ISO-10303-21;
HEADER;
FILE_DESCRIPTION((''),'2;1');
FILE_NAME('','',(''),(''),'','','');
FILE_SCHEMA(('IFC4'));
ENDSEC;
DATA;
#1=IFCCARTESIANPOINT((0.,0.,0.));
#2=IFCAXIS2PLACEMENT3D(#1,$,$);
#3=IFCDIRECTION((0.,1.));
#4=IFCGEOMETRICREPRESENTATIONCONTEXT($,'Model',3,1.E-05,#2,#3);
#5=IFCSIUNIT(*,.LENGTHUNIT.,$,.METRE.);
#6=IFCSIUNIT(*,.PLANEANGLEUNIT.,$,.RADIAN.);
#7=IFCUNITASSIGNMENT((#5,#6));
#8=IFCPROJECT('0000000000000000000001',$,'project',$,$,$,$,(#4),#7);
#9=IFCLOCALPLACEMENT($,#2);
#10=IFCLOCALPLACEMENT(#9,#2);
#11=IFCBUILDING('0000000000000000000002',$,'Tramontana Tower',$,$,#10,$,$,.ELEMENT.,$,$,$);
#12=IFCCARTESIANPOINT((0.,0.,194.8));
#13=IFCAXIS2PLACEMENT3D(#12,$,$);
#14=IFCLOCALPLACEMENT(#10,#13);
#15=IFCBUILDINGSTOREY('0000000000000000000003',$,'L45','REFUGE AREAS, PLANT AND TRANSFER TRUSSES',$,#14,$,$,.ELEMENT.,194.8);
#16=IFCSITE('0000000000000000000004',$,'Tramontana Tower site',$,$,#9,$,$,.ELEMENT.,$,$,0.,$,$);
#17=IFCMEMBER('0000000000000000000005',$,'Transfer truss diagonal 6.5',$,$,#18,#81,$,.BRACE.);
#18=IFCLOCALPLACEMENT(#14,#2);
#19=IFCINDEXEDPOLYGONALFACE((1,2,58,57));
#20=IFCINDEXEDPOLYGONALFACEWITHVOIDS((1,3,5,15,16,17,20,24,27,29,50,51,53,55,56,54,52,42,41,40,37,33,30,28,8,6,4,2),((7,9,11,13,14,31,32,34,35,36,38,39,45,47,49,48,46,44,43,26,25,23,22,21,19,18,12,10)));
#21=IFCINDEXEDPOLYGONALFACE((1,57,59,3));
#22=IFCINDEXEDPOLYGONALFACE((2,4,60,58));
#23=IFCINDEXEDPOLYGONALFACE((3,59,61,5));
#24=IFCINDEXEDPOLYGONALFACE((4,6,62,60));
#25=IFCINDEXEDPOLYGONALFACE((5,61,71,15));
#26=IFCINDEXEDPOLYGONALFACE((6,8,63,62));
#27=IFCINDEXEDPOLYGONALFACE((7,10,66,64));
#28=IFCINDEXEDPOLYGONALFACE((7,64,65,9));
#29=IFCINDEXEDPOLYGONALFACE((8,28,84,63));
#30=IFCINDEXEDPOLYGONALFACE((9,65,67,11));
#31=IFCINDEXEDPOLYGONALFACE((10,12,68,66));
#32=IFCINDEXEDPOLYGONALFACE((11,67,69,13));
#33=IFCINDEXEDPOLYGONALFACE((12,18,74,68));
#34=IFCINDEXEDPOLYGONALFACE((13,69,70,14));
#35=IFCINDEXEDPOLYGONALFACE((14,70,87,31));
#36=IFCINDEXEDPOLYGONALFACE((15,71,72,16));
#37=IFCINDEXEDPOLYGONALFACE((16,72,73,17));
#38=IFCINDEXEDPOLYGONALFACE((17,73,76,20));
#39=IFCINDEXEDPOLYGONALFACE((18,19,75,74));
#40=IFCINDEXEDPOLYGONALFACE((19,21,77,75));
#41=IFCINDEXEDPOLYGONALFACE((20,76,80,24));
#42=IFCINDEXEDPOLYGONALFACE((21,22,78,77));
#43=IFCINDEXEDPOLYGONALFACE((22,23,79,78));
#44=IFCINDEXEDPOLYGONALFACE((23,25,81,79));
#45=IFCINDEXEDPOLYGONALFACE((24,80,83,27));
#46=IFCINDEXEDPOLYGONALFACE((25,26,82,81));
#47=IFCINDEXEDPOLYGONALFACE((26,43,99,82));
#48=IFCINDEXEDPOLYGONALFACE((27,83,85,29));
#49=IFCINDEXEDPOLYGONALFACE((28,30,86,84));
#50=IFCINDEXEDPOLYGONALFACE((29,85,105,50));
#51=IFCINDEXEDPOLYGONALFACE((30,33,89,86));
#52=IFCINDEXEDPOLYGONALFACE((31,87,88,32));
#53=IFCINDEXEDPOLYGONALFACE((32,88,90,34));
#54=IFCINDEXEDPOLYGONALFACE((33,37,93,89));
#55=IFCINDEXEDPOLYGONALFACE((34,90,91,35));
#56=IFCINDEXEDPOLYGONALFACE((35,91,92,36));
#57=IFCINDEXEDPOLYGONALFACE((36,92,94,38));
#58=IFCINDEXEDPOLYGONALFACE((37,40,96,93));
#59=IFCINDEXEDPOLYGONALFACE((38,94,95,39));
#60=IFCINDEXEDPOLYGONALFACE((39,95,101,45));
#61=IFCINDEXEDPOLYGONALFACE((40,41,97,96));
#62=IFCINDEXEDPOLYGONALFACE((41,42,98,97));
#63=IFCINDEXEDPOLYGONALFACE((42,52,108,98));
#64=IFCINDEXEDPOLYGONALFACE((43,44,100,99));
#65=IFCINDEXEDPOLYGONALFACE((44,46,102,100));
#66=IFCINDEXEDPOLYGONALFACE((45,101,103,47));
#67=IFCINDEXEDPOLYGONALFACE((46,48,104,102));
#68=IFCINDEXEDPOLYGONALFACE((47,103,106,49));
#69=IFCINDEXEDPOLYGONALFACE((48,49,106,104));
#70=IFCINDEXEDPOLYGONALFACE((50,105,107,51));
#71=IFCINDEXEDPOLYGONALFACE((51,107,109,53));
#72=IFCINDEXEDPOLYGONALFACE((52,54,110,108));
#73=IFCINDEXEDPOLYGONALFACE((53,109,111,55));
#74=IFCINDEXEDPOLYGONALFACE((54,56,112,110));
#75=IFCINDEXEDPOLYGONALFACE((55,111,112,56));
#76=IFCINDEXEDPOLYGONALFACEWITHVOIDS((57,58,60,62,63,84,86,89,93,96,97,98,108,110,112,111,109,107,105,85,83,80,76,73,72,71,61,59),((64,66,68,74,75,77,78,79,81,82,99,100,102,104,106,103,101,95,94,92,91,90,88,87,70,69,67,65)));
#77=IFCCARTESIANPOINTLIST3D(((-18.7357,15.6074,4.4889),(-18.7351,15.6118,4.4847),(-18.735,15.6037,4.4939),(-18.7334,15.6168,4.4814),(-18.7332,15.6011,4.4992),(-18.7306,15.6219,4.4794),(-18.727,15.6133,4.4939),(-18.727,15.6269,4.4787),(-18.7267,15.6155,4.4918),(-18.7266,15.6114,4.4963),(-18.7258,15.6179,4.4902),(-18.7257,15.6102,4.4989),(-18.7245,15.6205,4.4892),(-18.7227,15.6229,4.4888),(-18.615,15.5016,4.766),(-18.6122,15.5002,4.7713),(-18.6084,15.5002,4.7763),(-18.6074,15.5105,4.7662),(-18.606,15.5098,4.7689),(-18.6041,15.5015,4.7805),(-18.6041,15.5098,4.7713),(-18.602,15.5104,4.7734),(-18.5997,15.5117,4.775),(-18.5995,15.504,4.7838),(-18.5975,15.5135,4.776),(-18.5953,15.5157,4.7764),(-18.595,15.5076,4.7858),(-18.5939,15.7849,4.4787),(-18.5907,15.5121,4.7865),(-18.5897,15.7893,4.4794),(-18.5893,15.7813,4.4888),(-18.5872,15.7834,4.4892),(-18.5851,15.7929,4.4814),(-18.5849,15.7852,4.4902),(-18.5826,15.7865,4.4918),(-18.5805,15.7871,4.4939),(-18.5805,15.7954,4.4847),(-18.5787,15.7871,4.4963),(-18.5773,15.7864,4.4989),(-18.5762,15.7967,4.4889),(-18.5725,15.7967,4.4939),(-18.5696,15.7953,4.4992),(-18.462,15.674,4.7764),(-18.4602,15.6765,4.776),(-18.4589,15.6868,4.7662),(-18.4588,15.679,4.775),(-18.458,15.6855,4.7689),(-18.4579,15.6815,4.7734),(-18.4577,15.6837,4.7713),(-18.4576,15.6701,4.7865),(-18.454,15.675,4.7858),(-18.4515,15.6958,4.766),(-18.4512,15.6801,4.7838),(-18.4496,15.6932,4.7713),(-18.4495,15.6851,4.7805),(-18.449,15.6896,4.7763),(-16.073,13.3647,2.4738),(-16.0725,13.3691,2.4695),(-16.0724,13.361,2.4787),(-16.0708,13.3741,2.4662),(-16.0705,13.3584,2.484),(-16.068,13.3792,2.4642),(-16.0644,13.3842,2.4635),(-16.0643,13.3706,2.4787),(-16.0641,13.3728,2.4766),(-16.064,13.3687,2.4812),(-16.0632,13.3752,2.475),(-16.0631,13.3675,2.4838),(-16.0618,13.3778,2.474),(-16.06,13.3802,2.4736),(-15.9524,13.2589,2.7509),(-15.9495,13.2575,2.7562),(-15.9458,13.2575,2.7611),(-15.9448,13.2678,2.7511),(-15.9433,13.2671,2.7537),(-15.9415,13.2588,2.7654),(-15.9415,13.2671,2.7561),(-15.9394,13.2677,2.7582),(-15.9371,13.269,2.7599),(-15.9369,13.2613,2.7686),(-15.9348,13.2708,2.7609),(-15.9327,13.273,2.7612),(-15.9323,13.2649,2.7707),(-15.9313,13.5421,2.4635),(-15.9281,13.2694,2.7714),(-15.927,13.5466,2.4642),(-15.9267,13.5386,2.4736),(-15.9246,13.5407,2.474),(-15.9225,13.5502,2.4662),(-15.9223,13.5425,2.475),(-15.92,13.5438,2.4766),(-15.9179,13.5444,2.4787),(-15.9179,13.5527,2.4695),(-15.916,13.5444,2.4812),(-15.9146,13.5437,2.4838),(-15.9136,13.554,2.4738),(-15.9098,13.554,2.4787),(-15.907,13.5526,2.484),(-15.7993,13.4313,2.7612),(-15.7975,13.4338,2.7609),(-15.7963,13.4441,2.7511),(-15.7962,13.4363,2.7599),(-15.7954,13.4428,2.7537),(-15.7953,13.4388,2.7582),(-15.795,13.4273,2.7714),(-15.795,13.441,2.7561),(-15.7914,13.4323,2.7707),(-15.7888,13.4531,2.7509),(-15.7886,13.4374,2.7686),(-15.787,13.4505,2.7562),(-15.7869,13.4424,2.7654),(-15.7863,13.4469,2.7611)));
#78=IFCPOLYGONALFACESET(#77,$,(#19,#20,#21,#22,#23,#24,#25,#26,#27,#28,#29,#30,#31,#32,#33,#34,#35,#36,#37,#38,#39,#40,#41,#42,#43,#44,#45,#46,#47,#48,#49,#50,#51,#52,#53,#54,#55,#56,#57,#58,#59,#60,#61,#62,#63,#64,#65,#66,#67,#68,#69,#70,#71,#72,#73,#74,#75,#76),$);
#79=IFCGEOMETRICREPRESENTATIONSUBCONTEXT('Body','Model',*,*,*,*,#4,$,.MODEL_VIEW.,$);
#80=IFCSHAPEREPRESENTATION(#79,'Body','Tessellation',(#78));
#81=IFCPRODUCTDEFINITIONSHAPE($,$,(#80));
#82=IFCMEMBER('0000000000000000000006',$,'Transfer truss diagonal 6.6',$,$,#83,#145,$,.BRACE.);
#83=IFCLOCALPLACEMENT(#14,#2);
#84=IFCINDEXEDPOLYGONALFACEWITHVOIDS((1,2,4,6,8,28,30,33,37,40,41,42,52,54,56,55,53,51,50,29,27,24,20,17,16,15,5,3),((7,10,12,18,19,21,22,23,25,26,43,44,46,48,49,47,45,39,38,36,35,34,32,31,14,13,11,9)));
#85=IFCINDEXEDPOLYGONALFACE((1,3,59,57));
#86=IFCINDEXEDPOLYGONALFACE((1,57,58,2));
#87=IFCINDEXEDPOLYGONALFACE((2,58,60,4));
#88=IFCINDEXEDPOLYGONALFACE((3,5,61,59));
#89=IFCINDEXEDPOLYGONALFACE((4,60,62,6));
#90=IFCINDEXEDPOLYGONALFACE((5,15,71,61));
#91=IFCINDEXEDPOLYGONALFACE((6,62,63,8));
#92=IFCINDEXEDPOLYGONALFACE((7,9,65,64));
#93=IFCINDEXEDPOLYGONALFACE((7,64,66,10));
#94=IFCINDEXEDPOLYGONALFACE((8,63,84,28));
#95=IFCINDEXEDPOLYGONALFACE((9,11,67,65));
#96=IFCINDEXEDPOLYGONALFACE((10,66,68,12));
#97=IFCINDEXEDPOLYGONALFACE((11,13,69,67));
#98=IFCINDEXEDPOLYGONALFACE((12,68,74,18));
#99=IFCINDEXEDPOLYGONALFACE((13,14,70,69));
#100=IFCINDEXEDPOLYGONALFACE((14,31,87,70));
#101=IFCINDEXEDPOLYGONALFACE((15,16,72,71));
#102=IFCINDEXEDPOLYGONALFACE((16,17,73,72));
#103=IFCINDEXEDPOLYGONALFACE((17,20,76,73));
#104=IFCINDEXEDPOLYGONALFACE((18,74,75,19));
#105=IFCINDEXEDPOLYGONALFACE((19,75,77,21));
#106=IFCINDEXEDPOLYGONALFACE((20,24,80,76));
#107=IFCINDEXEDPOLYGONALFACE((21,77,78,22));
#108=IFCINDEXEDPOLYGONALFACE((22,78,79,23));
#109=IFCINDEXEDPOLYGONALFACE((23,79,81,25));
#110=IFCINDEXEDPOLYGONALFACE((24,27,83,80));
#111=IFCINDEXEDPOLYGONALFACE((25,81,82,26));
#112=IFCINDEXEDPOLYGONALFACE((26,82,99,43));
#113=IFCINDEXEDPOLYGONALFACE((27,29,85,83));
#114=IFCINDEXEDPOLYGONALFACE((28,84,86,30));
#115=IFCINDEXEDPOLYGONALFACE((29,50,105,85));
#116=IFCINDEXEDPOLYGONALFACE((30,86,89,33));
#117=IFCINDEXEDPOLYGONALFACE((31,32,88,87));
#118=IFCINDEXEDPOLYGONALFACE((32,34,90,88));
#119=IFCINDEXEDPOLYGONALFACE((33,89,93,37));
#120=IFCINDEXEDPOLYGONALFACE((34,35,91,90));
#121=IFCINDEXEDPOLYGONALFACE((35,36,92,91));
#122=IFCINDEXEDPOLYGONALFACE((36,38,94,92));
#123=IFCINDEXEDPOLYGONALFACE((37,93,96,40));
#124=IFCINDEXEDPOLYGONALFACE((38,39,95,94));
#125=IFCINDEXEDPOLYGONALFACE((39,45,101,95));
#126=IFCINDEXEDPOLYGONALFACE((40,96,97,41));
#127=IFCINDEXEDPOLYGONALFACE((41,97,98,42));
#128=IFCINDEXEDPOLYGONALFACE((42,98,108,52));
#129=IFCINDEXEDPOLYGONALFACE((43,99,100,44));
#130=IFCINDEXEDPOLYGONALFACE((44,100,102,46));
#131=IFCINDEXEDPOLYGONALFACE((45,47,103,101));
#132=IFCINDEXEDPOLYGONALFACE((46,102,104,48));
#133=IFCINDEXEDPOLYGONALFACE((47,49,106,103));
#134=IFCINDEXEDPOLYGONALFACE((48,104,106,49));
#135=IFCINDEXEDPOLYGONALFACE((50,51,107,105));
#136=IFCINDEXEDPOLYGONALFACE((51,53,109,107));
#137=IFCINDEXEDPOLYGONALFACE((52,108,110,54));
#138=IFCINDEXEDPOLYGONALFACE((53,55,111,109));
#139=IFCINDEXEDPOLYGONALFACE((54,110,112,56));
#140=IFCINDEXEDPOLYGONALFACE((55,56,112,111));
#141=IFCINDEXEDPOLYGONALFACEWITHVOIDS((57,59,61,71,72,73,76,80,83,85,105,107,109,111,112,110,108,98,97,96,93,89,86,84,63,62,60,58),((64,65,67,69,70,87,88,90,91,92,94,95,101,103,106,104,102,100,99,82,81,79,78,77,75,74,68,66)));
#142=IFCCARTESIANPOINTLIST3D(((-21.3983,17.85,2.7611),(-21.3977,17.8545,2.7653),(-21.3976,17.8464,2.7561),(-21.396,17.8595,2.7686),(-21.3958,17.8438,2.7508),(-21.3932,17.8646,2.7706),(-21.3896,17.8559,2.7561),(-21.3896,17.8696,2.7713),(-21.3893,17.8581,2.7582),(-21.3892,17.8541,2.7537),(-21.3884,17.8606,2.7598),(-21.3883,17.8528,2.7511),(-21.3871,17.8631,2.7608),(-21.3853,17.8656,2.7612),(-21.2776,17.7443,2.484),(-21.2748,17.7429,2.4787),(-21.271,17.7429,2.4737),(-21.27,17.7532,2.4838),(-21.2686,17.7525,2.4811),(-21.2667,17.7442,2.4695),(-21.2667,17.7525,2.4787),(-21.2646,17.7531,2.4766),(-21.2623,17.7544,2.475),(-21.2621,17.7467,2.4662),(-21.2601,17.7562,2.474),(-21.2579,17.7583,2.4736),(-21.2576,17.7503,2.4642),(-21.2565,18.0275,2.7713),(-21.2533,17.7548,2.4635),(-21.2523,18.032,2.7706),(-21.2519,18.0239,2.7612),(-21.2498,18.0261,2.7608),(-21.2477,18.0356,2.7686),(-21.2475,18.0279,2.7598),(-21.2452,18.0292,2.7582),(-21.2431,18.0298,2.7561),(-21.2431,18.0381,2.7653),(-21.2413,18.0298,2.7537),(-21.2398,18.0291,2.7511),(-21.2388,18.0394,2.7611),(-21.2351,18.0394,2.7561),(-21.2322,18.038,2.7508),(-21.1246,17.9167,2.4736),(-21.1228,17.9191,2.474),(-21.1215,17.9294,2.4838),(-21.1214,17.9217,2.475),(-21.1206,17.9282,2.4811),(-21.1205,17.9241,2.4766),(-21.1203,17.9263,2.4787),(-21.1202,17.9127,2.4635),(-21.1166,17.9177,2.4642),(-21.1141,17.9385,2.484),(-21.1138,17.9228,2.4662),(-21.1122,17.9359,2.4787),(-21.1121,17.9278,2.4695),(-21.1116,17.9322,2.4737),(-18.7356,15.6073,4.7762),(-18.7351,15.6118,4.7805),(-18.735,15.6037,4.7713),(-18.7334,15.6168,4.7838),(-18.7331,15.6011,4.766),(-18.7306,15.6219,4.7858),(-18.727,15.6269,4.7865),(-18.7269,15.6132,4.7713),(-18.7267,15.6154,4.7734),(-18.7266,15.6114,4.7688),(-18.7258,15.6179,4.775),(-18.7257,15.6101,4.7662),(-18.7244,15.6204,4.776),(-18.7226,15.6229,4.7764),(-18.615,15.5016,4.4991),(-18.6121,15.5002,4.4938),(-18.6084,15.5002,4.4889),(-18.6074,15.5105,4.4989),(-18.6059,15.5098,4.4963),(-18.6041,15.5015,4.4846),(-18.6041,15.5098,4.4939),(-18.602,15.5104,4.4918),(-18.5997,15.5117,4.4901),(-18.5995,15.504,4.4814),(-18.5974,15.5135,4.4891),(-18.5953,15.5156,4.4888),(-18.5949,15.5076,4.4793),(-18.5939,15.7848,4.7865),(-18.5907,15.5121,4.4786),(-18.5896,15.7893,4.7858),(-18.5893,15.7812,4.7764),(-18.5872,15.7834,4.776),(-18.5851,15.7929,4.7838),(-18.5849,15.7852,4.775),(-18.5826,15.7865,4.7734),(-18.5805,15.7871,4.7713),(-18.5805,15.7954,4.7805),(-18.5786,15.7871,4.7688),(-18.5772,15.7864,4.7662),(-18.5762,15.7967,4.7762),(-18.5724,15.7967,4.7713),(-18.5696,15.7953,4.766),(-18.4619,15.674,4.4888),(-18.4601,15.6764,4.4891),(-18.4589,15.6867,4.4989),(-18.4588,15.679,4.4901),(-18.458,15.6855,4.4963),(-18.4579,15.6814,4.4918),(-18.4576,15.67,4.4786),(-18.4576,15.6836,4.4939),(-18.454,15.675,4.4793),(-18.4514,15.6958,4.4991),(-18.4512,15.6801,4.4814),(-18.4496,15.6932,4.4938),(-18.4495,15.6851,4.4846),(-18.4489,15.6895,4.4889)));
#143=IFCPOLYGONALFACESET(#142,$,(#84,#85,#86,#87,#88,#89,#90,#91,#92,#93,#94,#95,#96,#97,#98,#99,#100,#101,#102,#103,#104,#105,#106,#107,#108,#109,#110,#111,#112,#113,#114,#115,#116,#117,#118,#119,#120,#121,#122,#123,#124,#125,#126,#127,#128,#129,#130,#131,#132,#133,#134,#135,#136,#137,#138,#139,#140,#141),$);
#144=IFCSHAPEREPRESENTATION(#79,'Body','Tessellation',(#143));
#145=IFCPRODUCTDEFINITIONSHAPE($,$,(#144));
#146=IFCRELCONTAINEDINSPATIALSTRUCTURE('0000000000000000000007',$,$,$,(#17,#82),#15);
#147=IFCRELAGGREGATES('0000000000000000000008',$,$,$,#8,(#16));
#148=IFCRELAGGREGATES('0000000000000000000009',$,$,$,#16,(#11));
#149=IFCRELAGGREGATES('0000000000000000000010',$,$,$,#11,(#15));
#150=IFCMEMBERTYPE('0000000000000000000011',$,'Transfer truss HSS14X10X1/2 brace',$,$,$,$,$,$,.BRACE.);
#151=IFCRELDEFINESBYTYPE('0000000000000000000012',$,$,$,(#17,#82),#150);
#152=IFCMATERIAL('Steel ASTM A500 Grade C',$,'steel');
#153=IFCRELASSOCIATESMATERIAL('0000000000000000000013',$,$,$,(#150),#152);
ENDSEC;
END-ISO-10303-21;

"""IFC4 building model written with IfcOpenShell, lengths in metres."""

from ifc_helpers import new_model, si_unit, direction, frame, origin, origin_2d, place, context, subcontext, project, spatial, hollow_rectangle, extrude, material, material_profile, profile_set, type_object, element, save


model = new_model("IFC4")

# Units and contexts
model_context = context("Model", 3, precision=1e-05, world=origin(), true_north=direction((0.0, 1.0)))
body_context = subcontext(model_context, "Body", "Model", "MODEL_VIEW")
ifc_project = project(units=[si_unit("LENGTHUNIT", "METRE"), si_unit("PLANEANGLEUNIT", "RADIAN")], contexts=[model_context])

# Site, building, storey
site_placement = place(None, origin())
site = spatial("IfcSite", under=ifc_project, at=site_placement, Name="Tramontana Tower site", CompositionType="ELEMENT", RefElevation=0.0)
building_placement = place(site_placement, origin())
building = spatial("IfcBuilding", under=site, at=building_placement, Name="Tramontana Tower", CompositionType="ELEMENT")
storey_placement = place(building_placement, frame((0.0, 0.0, 194.8)))
storey = spatial("IfcBuildingStorey", under=building, at=storey_placement, Name="L45", Description="REFUGE AREAS, PLANT AND TRANSFER TRUSSES", CompositionType="ELEMENT", Elevation=194.8)

# Members
ifc_material_1 = material(Name="Steel ASTM A500 Grade C", Category="steel")
ifc_material_profile_1 = material_profile(ifc_material_1, hollow_rectangle(XDim=0.2539, YDim=0.3557, WallThickness=0.0117, InnerFilletRadius=0.0117, OuterFilletRadius=0.0237, at=origin_2d()), Name="HSS14X10X1/2")
ifc_profile_set_1 = profile_set([ifc_material_profile_1], Name="Steel ASTM A500 Grade C")
member_type_1 = type_object("IfcMemberType", Name="Transfer truss HSS14X10X1/2 brace", PredefinedType="BRACE", material=ifc_profile_set_1)
for number, where, z_axis, x_axis, name in (
    (1, (-15.9297, 13.4058, 2.6174), (-0.661941, 0.557545, 0.500977), (-0.644218, -0.764842, 0.0), "Transfer truss diagonal 6.5"),
    (2, (-18.5923, 15.6484, 4.6326), (-0.661941, 0.557545, -0.500977), (-0.644218, -0.764842, 0.0), "Transfer truss diagonal 6.6"),
):
    element("IfcMember", number, at=place(storey_placement, frame(where, z_axis=z_axis, x_axis=x_axis)), inside=storey, type_object=member_type_1, Name=name, PredefinedType="BRACE", context=body_context, shape_type="SweptSolid", body=[
        extrude(hollow_rectangle(XDim=0.2539, YDim=0.3557, WallThickness=0.0117, InnerFilletRadius=0.0117, OuterFilletRadius=0.0237, at=origin_2d()), origin(), (0.0, 0.0, 1.0), 4.0225),
    ])

save(model, "model.ifc")
